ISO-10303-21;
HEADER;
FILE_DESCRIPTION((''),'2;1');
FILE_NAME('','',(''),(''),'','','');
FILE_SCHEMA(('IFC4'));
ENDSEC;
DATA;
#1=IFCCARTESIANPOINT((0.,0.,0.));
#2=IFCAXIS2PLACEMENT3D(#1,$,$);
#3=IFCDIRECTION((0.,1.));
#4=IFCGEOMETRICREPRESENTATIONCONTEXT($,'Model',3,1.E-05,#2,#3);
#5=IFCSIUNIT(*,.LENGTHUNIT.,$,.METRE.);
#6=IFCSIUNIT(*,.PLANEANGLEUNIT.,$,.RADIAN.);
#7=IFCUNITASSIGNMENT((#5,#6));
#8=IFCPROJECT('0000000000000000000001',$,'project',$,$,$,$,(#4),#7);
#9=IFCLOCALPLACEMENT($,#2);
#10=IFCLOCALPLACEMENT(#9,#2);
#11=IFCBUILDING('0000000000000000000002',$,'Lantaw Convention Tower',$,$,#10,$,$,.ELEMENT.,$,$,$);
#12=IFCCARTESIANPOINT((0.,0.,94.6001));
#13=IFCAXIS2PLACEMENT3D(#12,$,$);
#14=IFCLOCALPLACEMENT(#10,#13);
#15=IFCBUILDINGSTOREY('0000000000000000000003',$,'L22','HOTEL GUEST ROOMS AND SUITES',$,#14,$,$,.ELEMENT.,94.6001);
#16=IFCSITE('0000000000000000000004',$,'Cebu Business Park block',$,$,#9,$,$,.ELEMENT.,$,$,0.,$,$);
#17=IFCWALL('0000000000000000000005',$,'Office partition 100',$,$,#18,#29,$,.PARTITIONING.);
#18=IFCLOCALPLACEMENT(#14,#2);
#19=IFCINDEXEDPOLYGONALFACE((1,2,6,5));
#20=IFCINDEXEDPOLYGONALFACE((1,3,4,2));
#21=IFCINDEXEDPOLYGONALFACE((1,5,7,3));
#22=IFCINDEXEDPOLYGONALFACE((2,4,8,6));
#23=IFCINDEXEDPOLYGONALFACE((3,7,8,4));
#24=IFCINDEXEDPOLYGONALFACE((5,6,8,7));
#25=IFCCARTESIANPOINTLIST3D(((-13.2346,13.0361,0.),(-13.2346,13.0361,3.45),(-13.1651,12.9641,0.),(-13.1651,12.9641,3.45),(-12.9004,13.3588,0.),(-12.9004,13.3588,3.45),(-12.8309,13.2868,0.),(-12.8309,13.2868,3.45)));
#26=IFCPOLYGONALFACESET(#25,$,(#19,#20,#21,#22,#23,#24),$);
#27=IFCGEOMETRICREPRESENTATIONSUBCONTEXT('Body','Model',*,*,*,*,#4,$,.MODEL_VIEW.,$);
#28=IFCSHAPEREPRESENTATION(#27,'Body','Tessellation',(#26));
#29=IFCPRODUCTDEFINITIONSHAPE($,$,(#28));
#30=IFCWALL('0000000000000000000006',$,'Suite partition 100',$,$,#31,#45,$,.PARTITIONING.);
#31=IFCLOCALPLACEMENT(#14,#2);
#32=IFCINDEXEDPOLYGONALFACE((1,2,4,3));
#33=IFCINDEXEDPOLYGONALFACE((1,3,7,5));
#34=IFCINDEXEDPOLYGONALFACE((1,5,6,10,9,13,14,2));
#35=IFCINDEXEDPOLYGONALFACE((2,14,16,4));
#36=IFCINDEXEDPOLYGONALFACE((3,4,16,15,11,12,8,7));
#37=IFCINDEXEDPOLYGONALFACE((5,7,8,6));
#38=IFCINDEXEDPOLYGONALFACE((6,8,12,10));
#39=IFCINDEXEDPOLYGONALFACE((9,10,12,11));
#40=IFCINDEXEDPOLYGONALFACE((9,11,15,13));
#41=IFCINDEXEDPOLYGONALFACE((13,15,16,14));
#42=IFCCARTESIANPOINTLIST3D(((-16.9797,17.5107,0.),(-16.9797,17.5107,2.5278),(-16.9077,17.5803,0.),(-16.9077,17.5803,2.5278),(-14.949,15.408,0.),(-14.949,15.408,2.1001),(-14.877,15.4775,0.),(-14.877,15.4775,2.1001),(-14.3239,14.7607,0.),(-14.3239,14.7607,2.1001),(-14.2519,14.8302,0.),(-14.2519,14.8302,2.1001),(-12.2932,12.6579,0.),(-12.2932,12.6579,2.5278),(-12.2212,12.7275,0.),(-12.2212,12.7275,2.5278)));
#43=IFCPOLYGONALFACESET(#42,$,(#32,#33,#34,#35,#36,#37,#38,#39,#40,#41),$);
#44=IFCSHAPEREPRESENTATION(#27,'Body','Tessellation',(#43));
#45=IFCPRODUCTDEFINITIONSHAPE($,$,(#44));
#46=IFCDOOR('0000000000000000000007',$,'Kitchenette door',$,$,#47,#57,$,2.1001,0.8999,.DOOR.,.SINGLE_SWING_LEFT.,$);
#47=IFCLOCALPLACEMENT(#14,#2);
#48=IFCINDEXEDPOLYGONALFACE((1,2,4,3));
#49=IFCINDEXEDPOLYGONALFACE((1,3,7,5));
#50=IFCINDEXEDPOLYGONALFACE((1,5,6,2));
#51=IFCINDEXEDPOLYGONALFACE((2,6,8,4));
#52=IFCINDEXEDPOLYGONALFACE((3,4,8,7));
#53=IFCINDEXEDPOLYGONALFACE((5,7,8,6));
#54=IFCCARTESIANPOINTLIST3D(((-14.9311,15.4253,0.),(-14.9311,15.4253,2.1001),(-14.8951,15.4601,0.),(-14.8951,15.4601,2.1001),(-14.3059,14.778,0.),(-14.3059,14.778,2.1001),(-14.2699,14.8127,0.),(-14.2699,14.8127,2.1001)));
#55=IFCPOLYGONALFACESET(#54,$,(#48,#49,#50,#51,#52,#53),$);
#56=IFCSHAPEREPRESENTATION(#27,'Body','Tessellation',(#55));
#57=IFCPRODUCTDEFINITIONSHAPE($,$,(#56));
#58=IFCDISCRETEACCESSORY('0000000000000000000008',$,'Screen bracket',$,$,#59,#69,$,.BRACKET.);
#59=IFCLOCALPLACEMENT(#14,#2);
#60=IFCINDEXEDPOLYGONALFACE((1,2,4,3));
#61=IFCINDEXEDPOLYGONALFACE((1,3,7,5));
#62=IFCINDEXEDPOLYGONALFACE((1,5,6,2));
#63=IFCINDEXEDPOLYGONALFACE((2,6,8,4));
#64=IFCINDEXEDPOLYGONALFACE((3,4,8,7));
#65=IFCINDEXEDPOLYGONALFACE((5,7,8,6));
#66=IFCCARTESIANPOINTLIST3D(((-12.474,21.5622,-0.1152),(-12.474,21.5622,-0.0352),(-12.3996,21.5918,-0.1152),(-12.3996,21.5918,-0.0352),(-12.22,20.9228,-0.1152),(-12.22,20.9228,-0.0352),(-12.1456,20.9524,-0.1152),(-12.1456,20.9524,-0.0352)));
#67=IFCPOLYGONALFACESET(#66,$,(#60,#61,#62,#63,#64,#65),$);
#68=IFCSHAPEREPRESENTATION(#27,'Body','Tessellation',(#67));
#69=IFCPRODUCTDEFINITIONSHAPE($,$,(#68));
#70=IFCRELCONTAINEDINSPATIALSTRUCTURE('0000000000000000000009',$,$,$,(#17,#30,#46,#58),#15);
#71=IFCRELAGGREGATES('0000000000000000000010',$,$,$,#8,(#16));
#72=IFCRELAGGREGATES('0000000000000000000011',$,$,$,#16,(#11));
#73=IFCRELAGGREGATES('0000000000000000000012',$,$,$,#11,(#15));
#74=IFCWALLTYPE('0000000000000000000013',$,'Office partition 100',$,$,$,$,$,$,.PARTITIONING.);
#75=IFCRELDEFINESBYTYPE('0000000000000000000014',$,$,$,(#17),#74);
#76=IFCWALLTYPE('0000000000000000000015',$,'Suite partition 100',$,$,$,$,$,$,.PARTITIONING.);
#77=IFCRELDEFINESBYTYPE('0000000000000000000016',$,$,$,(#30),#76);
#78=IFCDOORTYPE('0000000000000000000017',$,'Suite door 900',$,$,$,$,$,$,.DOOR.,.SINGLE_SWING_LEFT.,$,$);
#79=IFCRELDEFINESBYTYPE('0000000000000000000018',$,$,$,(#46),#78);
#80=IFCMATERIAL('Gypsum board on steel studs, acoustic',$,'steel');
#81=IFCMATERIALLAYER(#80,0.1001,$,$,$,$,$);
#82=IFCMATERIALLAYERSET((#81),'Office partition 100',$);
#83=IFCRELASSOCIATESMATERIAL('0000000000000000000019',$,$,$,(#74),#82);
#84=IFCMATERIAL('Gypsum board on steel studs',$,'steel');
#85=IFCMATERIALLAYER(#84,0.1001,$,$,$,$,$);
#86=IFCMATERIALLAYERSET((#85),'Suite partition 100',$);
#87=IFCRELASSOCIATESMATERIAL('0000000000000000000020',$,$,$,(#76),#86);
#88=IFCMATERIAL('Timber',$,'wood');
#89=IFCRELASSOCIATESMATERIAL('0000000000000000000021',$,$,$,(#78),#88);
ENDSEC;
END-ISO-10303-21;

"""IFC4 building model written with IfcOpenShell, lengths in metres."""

from ifc_helpers import new_model, si_unit, direction, frame, frame_2d, origin, origin_2d, place, context, subcontext, project, spatial, rectangle, extrude, material, layer, layer_set, type_object, element, fill, save


model = new_model("IFC4")

# Units and contexts
model_context = context("Model", 3, precision=1e-05, world=origin(), true_north=direction((0.0, 1.0)))
body_context = subcontext(model_context, "Body", "Model", "MODEL_VIEW")
ifc_project = project(units=[si_unit("LENGTHUNIT", "METRE"), si_unit("PLANEANGLEUNIT", "RADIAN")], contexts=[model_context])

# Site, building, storey
site_placement = place(None, origin())
site = spatial("IfcSite", under=ifc_project, at=site_placement, Name="Cebu Business Park block", CompositionType="ELEMENT", RefElevation=0.0)
building_placement = place(site_placement, origin())
building = spatial("IfcBuilding", under=site, at=building_placement, Name="Lantaw Convention Tower", CompositionType="ELEMENT")
storey_placement = place(building_placement, frame((0.0, 0.0, 94.6001)))
storey = spatial("IfcBuildingStorey", under=building, at=storey_placement, Name="L22", Description="HOTEL GUEST ROOMS AND SUITES", CompositionType="ELEMENT", Elevation=94.6001)

# Wall
ifc_material_1 = material(Name="Gypsum board on steel studs, acoustic", Category="steel")
ifc_layer_1 = layer(ifc_material_1, 0.1001)
ifc_layer_set_1 = layer_set([ifc_layer_1], Name="Office partition 100")
wall_type_1 = type_object("IfcWallType", Name="Office partition 100", PredefinedType="PARTITIONING", material=ifc_layer_set_1)
wall_1_placement = place(storey_placement, frame((-13.2, 13.0, 0.0), z_axis=(0.0, 0.0, 1.0), x_axis=(0.719347, 0.694651, 0.0)))
element("IfcWall", 1, at=wall_1_placement, inside=storey, type_object=wall_type_1, Name="Office partition 100", PredefinedType="PARTITIONING", context=body_context, shape_type="SweptSolid", body=[
    extrude(rectangle(XDim=0.4646, YDim=0.1001, at=frame_2d((0.2324, 0.0))), origin(), (0.0, 0.0, 1.0), 3.45),
])

# Wall, opening, door
ifc_material_2 = material(Name="Gypsum board on steel studs", Category="steel")
ifc_layer_2 = layer(ifc_material_2, 0.1001)
ifc_layer_set_2 = layer_set([ifc_layer_2], Name="Suite partition 100")
wall_type_2 = type_object("IfcWallType", Name="Suite partition 100", PredefinedType="PARTITIONING", material=ifc_layer_set_2)
wall_2_placement = place(storey_placement, frame((-16.9436, 17.5454, 0.0), z_axis=(0.0, 0.0, 1.0), x_axis=(0.694677, -0.719322, 0.0)))
wall_2 = element("IfcWall", 2, at=wall_2_placement, inside=storey, type_object=wall_type_2, Name="Suite partition 100", PredefinedType="PARTITIONING", context=body_context, shape_type="SweptSolid", body=[
    extrude(rectangle(XDim=6.7463, YDim=0.1001, at=frame_2d((3.373, 0.0))), origin(), (0.0, 0.0, 1.0), 2.5278),
])
opening_1_placement = place(wall_2_placement, frame((2.9231, 0.0, 0.0)))
opening_1 = element("IfcOpeningElement", 3, at=opening_1_placement, cuts=wall_2, PredefinedType="OPENING", context=body_context, shape_type="SweptSolid", body=[
    extrude(rectangle(XDim=0.8999, YDim=2.1001, at=frame_2d((0.45, 1.05))), frame((0.0, 0.0601, 0.0), z_axis=(0.0, -1.0, 0.0), x_axis=(1.0, 0.0, 0.0)), (0.0, 0.0, 1.0), 0.1201),
])
ifc_material_3 = material(Name="Timber", Category="wood")
door_type_1 = type_object("IfcDoorType", Name="Suite door 900", OperationType="SINGLE_SWING_LEFT", PredefinedType="DOOR", material=ifc_material_3)
door_1_placement = place(opening_1_placement, origin())
door_1 = element("IfcDoor", 4, at=door_1_placement, inside=storey, type_object=door_type_1, Name="Kitchenette door", OperationType="SINGLE_SWING_LEFT", OverallHeight=2.1001, OverallWidth=0.8999, PredefinedType="DOOR", context=body_context, shape_type="SweptSolid", body=[
    extrude(rectangle(XDim=0.8999, YDim=2.1001, at=frame_2d((0.45, 1.05))), frame((0.0, 0.0249, 0.0), z_axis=(0.0, -1.0, 0.0), x_axis=(1.0, 0.0, 0.0)), (0.0, 0.0, 1.0), 0.05),
])
fill(opening_1, door_1)

# Discrete accessory
discrete_accessory_placement = place(storey_placement, frame((-12.3098, 21.2573, -0.1152), z_axis=(0.0, 0.0, 1.0), x_axis=(-0.929361, -0.369172, 0.0)))
element("IfcDiscreteAccessory", 5, at=discrete_accessory_placement, inside=storey, Name="Screen bracket", PredefinedType="BRACKET", context=body_context, shape_type="SweptSolid", body=[
    extrude(rectangle(XDim=0.0801, YDim=0.688, at=origin_2d()), origin(), (0.0, 0.0, 1.0), 0.0801),
])

save(model, "model.ifc")
